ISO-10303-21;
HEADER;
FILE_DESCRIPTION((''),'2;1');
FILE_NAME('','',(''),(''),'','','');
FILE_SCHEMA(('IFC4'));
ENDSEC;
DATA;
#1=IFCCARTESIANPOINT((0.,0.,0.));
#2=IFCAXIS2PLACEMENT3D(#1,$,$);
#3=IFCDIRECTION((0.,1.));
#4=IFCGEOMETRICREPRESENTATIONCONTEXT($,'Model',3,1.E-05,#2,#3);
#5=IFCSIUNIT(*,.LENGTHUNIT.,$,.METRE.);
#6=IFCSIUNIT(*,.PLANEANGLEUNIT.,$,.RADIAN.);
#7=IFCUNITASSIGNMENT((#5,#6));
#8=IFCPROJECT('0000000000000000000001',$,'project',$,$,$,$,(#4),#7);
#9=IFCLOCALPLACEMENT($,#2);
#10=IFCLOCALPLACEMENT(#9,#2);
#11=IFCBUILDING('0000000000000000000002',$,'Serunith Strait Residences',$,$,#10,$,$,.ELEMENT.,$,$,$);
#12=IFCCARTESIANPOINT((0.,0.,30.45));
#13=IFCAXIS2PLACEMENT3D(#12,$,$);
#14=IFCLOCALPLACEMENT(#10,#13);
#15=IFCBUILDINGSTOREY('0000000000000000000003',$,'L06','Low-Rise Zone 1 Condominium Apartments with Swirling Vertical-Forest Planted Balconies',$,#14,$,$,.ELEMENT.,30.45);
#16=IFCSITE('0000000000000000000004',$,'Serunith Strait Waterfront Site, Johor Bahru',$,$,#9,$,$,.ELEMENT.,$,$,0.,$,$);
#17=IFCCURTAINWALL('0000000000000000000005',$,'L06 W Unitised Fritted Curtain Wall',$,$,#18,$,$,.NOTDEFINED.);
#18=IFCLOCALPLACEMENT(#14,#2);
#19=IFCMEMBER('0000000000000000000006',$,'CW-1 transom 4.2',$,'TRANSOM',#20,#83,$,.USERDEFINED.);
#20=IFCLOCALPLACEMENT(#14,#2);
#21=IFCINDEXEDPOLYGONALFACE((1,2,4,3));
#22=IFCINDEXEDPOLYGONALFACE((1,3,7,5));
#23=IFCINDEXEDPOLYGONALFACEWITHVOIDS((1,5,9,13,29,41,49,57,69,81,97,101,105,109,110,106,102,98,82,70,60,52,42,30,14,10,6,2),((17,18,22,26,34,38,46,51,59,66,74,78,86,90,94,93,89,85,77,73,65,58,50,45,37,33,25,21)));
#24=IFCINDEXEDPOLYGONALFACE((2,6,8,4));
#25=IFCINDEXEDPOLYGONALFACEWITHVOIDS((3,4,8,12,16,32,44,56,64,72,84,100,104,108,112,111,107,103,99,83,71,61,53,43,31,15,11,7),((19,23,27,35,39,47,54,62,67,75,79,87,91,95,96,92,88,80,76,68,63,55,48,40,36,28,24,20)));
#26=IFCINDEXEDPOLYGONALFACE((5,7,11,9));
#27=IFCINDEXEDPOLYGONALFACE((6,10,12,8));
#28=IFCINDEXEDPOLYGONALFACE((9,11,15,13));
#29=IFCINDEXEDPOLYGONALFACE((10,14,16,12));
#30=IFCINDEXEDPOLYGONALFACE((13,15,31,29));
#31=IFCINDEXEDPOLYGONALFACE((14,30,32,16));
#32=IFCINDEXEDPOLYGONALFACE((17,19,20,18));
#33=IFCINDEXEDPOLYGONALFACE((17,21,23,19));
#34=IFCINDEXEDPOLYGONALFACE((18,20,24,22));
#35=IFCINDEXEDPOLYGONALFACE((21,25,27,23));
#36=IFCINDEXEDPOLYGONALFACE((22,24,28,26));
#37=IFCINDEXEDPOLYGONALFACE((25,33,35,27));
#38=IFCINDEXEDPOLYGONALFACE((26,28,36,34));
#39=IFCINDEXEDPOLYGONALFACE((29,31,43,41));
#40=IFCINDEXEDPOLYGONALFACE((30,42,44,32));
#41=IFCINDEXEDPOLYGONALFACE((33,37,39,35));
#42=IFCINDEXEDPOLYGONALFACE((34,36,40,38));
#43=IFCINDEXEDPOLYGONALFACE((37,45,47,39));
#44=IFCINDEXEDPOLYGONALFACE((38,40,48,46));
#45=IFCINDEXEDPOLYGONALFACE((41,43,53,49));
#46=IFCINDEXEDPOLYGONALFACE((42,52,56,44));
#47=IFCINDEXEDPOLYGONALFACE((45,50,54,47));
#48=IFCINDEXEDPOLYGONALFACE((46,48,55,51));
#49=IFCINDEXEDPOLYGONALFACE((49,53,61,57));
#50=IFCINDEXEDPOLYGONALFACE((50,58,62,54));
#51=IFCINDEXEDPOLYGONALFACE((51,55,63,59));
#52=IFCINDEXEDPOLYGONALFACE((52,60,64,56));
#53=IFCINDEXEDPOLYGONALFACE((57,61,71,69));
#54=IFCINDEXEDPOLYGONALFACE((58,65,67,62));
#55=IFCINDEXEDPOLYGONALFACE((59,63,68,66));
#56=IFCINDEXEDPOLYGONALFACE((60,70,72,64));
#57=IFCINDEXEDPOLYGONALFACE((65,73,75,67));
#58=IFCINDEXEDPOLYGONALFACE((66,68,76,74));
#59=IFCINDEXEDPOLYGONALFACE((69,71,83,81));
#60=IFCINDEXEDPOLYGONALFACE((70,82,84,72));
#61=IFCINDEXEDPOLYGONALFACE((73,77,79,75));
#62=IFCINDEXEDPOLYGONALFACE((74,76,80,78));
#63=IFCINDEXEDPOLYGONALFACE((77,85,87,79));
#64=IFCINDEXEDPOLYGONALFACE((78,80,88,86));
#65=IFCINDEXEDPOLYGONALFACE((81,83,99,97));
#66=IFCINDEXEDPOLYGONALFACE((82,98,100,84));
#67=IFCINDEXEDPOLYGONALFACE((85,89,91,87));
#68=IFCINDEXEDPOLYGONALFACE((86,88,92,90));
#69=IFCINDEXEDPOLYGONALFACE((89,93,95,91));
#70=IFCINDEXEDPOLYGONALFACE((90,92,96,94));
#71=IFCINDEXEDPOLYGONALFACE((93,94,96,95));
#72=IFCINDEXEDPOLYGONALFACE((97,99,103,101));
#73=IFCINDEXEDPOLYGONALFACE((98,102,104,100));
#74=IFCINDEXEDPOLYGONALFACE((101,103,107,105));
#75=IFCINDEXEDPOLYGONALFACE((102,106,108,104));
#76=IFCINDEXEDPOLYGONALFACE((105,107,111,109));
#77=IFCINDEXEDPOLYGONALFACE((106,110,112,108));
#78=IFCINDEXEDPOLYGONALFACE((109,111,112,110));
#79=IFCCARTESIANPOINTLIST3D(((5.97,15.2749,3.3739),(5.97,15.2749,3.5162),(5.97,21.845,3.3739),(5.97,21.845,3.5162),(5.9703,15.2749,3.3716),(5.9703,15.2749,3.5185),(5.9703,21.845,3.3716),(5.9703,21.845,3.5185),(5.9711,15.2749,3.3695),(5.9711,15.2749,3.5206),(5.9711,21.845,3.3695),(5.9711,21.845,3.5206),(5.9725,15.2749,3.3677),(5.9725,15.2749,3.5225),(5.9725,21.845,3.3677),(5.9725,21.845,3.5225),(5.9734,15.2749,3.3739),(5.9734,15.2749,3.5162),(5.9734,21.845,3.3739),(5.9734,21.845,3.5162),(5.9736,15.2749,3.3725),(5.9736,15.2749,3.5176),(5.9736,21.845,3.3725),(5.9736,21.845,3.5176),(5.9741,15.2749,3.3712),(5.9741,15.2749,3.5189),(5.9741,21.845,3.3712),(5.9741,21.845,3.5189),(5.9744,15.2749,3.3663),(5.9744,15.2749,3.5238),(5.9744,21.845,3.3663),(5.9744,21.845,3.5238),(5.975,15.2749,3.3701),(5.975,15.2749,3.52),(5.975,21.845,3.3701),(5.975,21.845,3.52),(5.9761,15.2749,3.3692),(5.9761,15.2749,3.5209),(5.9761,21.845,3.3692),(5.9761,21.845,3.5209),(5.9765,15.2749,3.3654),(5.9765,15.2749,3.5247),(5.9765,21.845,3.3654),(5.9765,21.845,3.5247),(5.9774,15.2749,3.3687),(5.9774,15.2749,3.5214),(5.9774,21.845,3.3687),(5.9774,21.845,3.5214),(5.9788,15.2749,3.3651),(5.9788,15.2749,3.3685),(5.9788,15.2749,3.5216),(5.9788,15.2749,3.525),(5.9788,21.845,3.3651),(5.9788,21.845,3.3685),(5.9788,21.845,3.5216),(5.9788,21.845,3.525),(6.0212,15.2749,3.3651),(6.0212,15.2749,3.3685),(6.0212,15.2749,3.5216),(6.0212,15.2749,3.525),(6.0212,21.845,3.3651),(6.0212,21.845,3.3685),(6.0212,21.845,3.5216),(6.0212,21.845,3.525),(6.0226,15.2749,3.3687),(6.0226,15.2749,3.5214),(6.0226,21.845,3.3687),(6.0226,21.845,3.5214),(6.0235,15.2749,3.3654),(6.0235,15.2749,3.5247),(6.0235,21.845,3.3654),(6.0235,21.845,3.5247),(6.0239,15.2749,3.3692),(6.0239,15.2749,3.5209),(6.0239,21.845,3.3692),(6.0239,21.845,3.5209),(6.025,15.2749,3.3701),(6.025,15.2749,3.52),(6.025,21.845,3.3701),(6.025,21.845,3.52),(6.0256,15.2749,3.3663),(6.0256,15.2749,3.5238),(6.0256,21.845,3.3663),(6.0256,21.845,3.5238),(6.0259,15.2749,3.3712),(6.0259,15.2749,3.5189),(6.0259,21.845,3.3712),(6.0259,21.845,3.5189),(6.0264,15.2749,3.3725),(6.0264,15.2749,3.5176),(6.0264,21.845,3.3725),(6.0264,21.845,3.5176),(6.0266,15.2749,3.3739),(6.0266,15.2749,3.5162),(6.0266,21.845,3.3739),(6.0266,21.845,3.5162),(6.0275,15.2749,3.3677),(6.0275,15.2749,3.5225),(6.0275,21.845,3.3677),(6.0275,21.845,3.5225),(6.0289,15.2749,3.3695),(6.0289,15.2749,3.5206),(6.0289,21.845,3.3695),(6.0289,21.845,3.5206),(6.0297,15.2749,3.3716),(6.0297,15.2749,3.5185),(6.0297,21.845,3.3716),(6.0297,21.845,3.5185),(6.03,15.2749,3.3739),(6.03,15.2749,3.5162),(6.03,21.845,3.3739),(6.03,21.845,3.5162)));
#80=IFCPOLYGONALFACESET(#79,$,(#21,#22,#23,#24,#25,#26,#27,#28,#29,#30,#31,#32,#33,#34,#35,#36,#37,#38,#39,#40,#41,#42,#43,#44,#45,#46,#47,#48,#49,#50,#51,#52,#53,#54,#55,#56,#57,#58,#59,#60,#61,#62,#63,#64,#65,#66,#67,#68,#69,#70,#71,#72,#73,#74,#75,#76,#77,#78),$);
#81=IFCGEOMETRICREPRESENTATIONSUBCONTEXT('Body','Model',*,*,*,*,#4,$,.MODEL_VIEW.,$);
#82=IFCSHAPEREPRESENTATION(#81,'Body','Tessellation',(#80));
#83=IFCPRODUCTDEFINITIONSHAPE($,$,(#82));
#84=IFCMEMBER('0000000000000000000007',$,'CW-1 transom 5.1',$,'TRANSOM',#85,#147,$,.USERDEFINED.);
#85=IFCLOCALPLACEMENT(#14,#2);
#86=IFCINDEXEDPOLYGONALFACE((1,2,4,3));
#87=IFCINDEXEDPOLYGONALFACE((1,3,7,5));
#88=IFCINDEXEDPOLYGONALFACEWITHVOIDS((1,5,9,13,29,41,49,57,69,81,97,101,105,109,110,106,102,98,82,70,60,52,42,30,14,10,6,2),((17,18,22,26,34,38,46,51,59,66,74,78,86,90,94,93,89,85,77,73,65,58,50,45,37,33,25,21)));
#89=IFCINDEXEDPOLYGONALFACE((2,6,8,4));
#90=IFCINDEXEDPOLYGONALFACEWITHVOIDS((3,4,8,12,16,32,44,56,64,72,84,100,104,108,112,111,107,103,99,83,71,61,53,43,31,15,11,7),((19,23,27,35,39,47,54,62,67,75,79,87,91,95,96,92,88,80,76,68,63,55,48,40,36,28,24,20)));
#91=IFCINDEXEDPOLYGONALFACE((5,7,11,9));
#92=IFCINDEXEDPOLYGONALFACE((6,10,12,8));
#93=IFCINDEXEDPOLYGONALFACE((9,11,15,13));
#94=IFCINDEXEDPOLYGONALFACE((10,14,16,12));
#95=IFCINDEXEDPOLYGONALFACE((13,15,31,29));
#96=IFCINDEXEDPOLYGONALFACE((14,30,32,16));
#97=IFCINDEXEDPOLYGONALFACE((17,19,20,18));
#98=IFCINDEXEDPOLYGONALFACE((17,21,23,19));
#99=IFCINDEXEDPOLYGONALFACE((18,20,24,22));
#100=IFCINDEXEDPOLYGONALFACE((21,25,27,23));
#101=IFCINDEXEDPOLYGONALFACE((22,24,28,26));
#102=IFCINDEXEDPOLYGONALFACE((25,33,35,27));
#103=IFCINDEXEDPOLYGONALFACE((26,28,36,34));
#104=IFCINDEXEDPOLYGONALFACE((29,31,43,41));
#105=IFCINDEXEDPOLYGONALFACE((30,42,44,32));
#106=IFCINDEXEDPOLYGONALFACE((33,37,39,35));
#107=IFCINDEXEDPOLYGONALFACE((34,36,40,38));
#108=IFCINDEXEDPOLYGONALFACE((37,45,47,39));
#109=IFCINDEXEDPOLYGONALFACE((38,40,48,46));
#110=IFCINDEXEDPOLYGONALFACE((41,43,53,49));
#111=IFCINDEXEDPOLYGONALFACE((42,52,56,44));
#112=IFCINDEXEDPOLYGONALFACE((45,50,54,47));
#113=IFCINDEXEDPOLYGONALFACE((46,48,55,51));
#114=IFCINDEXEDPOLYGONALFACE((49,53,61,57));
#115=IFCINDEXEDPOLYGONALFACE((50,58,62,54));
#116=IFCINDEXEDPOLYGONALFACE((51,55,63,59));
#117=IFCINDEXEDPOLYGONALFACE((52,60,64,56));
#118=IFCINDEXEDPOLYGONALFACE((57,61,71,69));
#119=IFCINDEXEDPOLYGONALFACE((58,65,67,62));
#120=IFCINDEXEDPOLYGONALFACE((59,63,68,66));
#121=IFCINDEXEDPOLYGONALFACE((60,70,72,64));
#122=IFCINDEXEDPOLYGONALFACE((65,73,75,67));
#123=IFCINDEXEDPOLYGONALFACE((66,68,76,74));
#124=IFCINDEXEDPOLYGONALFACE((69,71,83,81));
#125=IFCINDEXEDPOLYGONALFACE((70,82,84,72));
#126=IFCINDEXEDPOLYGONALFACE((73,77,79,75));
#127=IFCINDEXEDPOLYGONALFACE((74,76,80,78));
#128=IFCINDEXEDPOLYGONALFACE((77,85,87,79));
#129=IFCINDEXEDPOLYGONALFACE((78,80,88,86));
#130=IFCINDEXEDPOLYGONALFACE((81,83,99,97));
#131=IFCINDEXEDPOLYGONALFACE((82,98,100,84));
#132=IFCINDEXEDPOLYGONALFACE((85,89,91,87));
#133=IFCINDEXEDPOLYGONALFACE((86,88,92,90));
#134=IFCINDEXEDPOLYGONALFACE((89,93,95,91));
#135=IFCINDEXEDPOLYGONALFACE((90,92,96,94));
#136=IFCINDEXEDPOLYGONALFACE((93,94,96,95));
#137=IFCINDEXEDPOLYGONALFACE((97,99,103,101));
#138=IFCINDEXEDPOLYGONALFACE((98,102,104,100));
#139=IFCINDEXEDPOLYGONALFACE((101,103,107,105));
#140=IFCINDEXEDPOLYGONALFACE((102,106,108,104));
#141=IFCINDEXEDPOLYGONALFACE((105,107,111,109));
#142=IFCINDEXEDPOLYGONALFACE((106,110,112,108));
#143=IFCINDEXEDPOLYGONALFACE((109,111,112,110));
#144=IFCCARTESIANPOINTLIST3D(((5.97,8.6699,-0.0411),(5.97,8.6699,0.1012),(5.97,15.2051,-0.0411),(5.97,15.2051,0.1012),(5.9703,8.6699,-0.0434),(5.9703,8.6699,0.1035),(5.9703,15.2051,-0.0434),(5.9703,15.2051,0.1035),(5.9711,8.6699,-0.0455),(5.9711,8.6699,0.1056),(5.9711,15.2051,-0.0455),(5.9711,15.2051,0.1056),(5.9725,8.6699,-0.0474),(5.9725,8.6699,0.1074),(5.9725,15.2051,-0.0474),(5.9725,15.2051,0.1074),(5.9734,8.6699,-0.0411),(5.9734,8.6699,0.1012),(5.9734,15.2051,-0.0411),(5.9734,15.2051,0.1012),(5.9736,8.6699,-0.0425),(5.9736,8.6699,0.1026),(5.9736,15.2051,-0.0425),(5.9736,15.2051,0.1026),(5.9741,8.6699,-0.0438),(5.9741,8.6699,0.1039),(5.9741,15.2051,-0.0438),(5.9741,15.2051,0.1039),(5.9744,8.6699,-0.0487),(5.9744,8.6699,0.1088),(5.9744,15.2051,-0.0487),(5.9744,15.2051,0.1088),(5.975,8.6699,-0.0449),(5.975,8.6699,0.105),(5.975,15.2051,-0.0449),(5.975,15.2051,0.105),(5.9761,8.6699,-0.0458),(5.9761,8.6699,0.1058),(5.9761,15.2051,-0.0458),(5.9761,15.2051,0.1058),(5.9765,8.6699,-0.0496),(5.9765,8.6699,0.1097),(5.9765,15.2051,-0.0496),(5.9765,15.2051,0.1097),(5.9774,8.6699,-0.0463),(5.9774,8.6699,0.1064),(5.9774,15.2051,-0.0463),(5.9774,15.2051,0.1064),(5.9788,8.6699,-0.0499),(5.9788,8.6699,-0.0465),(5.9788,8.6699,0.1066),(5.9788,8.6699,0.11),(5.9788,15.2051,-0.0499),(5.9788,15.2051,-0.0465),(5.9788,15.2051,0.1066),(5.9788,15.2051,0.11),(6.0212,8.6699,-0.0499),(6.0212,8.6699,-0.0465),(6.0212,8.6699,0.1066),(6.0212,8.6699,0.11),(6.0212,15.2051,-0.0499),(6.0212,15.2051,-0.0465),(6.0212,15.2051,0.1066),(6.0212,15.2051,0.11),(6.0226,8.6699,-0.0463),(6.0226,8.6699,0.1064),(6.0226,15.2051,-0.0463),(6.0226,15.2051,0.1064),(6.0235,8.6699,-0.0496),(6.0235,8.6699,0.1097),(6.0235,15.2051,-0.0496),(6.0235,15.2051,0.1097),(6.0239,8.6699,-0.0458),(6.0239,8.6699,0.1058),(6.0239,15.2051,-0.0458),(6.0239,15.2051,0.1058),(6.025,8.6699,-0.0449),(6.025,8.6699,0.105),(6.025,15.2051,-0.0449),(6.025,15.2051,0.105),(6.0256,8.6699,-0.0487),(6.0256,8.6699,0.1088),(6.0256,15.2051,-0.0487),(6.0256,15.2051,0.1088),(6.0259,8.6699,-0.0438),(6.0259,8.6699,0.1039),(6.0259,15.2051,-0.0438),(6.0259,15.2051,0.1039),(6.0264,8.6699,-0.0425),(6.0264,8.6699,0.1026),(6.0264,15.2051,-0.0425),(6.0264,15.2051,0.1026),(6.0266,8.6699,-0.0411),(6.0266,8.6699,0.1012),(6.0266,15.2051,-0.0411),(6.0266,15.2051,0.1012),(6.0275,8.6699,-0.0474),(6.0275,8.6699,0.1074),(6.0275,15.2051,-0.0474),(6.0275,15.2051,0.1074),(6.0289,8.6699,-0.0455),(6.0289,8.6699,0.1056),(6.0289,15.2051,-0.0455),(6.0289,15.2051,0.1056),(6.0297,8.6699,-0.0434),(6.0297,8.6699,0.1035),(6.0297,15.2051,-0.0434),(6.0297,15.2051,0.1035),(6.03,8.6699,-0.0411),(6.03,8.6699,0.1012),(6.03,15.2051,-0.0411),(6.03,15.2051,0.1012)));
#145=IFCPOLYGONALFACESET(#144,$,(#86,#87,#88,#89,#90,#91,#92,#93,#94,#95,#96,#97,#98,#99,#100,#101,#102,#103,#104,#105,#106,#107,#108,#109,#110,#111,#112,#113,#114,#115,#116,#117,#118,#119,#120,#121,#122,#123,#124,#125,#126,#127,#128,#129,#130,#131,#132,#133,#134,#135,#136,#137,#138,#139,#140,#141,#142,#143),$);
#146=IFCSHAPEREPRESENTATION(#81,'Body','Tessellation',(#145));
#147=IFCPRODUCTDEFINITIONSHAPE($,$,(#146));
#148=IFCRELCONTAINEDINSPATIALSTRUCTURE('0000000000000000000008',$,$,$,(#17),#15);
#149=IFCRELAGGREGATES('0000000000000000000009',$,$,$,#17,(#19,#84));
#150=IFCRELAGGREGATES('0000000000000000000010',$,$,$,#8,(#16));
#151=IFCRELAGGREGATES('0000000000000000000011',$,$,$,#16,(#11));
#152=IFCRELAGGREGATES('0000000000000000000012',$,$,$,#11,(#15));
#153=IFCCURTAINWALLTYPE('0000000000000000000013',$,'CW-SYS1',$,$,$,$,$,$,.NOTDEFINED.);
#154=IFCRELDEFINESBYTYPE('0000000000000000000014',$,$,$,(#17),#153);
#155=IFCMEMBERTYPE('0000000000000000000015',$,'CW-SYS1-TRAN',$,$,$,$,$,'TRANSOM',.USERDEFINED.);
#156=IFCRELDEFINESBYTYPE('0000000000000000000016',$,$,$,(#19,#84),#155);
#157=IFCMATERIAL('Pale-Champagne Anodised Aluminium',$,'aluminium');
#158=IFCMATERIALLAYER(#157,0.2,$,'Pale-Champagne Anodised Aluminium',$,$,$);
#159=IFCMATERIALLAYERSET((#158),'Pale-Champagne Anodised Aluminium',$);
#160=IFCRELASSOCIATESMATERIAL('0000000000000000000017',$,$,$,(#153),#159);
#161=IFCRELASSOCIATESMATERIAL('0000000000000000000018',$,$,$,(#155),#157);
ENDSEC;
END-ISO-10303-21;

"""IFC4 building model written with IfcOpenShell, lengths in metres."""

from ifc_helpers import new_model, si_unit, direction, frame, origin, origin_2d, place, context, subcontext, project, spatial, hollow_rectangle, extrude, source, transform, mapped, material, layer, layer_set, material_profile, profile_set, type_object, element, aggregate, save


model = new_model("IFC4")

# Units and contexts
model_context = context("Model", 3, precision=1e-05, world=origin(), true_north=direction((0.0, 1.0)))
body_context = subcontext(model_context, "Body", "Model", "MODEL_VIEW")
ifc_project = project(units=[si_unit("LENGTHUNIT", "METRE"), si_unit("PLANEANGLEUNIT", "RADIAN")], contexts=[model_context])

# Site, building, storey
site_placement = place(None, origin())
site = spatial("IfcSite", under=ifc_project, at=site_placement, Name="Serunith Strait Waterfront Site, Johor Bahru", CompositionType="ELEMENT", RefElevation=0.0)
building_placement = place(site_placement, origin())
building = spatial("IfcBuilding", under=site, at=building_placement, Name="Serunith Strait Residences", CompositionType="ELEMENT")
storey_placement = place(building_placement, frame((0.0, 0.0, 30.45)))
storey = spatial("IfcBuildingStorey", under=building, at=storey_placement, Name="L06", Description="Low-Rise Zone 1 Condominium Apartments with Swirling Vertical-Forest Planted Balconies", CompositionType="ELEMENT", Elevation=30.45)

# Curtain wall, members
ifc_material_1 = material(Name="Pale-Champagne Anodised Aluminium", Category="aluminium")
ifc_layer_1 = layer(ifc_material_1, 0.2, Name="Pale-Champagne Anodised Aluminium")
ifc_layer_set_1 = layer_set([ifc_layer_1], Name="Pale-Champagne Anodised Aluminium")
curtain_wall_type = type_object("IfcCurtainWallType", Name="CW-SYS1", PredefinedType="NOTDEFINED", material=ifc_layer_set_1)
curtain_wall_placement = place(storey_placement, origin())
curtain_wall = element("IfcCurtainWall", 1, at=curtain_wall_placement, inside=storey, type_object=curtain_wall_type, Name="L06 W Unitised Fritted Curtain Wall", PredefinedType="NOTDEFINED")
ifc_material_profile_1 = material_profile(ifc_material_1, hollow_rectangle(XDim=0.0601, YDim=0.1599, WallThickness=0.0034, InnerFilletRadius=0.0054, OuterFilletRadius=0.0088, at=origin_2d()), Name="ALU 160x60x3.5")
ifc_profile_set_1 = profile_set([ifc_material_profile_1], Name="Pale-Champagne Anodised Aluminium")
member_type_1 = type_object("IfcMemberType", Name="CW-SYS1-TRAN", ElementType="TRANSOM", PredefinedType="USERDEFINED", material=ifc_profile_set_1)
shared_shape_1 = source(origin(), body_context, "Body", "SweptSolid", [
    extrude(hollow_rectangle(XDim=0.0601, YDim=0.1599, WallThickness=0.0034, InnerFilletRadius=0.0054, OuterFilletRadius=0.0088, at=origin_2d()), origin(), (0.0, 0.0, 1.0), 6.5701),
])
member_1_placement = place(storey_placement, frame((6.0, 21.845, 3.4451), z_axis=(0.0, -1.0, 0.0), x_axis=(1.0, 0.0, 0.0)))
member_1 = element("IfcMember", 2, at=member_1_placement, type_object=member_type_1, Name="CW-1 transom 4.2", ObjectType="TRANSOM", PredefinedType="USERDEFINED", context=body_context, shape_type="MappedRepresentation", body=[
    mapped(shared_shape_1, transform((0.0, 0.0, 0.0), scale=1.0)),
])
shared_shape_2 = source(origin(), body_context, "Body", "SweptSolid", [
    extrude(hollow_rectangle(XDim=0.0601, YDim=0.1599, WallThickness=0.0034, InnerFilletRadius=0.0054, OuterFilletRadius=0.0088, at=origin_2d()), origin(), (0.0, 0.0, 1.0), 6.5352),
])
member_2_placement = place(storey_placement, frame((6.0, 15.2051, 0.03), z_axis=(0.0, -1.0, 0.0), x_axis=(1.0, 0.0, 0.0)))
member_2 = element("IfcMember", 3, at=member_2_placement, type_object=member_type_1, Name="CW-1 transom 5.1", ObjectType="TRANSOM", PredefinedType="USERDEFINED", context=body_context, shape_type="MappedRepresentation", body=[
    mapped(shared_shape_2, transform((0.0, 0.0, 0.0), scale=1.0)),
])
aggregate(curtain_wall, [member_1, member_2])

save(model, "model.ifc")
